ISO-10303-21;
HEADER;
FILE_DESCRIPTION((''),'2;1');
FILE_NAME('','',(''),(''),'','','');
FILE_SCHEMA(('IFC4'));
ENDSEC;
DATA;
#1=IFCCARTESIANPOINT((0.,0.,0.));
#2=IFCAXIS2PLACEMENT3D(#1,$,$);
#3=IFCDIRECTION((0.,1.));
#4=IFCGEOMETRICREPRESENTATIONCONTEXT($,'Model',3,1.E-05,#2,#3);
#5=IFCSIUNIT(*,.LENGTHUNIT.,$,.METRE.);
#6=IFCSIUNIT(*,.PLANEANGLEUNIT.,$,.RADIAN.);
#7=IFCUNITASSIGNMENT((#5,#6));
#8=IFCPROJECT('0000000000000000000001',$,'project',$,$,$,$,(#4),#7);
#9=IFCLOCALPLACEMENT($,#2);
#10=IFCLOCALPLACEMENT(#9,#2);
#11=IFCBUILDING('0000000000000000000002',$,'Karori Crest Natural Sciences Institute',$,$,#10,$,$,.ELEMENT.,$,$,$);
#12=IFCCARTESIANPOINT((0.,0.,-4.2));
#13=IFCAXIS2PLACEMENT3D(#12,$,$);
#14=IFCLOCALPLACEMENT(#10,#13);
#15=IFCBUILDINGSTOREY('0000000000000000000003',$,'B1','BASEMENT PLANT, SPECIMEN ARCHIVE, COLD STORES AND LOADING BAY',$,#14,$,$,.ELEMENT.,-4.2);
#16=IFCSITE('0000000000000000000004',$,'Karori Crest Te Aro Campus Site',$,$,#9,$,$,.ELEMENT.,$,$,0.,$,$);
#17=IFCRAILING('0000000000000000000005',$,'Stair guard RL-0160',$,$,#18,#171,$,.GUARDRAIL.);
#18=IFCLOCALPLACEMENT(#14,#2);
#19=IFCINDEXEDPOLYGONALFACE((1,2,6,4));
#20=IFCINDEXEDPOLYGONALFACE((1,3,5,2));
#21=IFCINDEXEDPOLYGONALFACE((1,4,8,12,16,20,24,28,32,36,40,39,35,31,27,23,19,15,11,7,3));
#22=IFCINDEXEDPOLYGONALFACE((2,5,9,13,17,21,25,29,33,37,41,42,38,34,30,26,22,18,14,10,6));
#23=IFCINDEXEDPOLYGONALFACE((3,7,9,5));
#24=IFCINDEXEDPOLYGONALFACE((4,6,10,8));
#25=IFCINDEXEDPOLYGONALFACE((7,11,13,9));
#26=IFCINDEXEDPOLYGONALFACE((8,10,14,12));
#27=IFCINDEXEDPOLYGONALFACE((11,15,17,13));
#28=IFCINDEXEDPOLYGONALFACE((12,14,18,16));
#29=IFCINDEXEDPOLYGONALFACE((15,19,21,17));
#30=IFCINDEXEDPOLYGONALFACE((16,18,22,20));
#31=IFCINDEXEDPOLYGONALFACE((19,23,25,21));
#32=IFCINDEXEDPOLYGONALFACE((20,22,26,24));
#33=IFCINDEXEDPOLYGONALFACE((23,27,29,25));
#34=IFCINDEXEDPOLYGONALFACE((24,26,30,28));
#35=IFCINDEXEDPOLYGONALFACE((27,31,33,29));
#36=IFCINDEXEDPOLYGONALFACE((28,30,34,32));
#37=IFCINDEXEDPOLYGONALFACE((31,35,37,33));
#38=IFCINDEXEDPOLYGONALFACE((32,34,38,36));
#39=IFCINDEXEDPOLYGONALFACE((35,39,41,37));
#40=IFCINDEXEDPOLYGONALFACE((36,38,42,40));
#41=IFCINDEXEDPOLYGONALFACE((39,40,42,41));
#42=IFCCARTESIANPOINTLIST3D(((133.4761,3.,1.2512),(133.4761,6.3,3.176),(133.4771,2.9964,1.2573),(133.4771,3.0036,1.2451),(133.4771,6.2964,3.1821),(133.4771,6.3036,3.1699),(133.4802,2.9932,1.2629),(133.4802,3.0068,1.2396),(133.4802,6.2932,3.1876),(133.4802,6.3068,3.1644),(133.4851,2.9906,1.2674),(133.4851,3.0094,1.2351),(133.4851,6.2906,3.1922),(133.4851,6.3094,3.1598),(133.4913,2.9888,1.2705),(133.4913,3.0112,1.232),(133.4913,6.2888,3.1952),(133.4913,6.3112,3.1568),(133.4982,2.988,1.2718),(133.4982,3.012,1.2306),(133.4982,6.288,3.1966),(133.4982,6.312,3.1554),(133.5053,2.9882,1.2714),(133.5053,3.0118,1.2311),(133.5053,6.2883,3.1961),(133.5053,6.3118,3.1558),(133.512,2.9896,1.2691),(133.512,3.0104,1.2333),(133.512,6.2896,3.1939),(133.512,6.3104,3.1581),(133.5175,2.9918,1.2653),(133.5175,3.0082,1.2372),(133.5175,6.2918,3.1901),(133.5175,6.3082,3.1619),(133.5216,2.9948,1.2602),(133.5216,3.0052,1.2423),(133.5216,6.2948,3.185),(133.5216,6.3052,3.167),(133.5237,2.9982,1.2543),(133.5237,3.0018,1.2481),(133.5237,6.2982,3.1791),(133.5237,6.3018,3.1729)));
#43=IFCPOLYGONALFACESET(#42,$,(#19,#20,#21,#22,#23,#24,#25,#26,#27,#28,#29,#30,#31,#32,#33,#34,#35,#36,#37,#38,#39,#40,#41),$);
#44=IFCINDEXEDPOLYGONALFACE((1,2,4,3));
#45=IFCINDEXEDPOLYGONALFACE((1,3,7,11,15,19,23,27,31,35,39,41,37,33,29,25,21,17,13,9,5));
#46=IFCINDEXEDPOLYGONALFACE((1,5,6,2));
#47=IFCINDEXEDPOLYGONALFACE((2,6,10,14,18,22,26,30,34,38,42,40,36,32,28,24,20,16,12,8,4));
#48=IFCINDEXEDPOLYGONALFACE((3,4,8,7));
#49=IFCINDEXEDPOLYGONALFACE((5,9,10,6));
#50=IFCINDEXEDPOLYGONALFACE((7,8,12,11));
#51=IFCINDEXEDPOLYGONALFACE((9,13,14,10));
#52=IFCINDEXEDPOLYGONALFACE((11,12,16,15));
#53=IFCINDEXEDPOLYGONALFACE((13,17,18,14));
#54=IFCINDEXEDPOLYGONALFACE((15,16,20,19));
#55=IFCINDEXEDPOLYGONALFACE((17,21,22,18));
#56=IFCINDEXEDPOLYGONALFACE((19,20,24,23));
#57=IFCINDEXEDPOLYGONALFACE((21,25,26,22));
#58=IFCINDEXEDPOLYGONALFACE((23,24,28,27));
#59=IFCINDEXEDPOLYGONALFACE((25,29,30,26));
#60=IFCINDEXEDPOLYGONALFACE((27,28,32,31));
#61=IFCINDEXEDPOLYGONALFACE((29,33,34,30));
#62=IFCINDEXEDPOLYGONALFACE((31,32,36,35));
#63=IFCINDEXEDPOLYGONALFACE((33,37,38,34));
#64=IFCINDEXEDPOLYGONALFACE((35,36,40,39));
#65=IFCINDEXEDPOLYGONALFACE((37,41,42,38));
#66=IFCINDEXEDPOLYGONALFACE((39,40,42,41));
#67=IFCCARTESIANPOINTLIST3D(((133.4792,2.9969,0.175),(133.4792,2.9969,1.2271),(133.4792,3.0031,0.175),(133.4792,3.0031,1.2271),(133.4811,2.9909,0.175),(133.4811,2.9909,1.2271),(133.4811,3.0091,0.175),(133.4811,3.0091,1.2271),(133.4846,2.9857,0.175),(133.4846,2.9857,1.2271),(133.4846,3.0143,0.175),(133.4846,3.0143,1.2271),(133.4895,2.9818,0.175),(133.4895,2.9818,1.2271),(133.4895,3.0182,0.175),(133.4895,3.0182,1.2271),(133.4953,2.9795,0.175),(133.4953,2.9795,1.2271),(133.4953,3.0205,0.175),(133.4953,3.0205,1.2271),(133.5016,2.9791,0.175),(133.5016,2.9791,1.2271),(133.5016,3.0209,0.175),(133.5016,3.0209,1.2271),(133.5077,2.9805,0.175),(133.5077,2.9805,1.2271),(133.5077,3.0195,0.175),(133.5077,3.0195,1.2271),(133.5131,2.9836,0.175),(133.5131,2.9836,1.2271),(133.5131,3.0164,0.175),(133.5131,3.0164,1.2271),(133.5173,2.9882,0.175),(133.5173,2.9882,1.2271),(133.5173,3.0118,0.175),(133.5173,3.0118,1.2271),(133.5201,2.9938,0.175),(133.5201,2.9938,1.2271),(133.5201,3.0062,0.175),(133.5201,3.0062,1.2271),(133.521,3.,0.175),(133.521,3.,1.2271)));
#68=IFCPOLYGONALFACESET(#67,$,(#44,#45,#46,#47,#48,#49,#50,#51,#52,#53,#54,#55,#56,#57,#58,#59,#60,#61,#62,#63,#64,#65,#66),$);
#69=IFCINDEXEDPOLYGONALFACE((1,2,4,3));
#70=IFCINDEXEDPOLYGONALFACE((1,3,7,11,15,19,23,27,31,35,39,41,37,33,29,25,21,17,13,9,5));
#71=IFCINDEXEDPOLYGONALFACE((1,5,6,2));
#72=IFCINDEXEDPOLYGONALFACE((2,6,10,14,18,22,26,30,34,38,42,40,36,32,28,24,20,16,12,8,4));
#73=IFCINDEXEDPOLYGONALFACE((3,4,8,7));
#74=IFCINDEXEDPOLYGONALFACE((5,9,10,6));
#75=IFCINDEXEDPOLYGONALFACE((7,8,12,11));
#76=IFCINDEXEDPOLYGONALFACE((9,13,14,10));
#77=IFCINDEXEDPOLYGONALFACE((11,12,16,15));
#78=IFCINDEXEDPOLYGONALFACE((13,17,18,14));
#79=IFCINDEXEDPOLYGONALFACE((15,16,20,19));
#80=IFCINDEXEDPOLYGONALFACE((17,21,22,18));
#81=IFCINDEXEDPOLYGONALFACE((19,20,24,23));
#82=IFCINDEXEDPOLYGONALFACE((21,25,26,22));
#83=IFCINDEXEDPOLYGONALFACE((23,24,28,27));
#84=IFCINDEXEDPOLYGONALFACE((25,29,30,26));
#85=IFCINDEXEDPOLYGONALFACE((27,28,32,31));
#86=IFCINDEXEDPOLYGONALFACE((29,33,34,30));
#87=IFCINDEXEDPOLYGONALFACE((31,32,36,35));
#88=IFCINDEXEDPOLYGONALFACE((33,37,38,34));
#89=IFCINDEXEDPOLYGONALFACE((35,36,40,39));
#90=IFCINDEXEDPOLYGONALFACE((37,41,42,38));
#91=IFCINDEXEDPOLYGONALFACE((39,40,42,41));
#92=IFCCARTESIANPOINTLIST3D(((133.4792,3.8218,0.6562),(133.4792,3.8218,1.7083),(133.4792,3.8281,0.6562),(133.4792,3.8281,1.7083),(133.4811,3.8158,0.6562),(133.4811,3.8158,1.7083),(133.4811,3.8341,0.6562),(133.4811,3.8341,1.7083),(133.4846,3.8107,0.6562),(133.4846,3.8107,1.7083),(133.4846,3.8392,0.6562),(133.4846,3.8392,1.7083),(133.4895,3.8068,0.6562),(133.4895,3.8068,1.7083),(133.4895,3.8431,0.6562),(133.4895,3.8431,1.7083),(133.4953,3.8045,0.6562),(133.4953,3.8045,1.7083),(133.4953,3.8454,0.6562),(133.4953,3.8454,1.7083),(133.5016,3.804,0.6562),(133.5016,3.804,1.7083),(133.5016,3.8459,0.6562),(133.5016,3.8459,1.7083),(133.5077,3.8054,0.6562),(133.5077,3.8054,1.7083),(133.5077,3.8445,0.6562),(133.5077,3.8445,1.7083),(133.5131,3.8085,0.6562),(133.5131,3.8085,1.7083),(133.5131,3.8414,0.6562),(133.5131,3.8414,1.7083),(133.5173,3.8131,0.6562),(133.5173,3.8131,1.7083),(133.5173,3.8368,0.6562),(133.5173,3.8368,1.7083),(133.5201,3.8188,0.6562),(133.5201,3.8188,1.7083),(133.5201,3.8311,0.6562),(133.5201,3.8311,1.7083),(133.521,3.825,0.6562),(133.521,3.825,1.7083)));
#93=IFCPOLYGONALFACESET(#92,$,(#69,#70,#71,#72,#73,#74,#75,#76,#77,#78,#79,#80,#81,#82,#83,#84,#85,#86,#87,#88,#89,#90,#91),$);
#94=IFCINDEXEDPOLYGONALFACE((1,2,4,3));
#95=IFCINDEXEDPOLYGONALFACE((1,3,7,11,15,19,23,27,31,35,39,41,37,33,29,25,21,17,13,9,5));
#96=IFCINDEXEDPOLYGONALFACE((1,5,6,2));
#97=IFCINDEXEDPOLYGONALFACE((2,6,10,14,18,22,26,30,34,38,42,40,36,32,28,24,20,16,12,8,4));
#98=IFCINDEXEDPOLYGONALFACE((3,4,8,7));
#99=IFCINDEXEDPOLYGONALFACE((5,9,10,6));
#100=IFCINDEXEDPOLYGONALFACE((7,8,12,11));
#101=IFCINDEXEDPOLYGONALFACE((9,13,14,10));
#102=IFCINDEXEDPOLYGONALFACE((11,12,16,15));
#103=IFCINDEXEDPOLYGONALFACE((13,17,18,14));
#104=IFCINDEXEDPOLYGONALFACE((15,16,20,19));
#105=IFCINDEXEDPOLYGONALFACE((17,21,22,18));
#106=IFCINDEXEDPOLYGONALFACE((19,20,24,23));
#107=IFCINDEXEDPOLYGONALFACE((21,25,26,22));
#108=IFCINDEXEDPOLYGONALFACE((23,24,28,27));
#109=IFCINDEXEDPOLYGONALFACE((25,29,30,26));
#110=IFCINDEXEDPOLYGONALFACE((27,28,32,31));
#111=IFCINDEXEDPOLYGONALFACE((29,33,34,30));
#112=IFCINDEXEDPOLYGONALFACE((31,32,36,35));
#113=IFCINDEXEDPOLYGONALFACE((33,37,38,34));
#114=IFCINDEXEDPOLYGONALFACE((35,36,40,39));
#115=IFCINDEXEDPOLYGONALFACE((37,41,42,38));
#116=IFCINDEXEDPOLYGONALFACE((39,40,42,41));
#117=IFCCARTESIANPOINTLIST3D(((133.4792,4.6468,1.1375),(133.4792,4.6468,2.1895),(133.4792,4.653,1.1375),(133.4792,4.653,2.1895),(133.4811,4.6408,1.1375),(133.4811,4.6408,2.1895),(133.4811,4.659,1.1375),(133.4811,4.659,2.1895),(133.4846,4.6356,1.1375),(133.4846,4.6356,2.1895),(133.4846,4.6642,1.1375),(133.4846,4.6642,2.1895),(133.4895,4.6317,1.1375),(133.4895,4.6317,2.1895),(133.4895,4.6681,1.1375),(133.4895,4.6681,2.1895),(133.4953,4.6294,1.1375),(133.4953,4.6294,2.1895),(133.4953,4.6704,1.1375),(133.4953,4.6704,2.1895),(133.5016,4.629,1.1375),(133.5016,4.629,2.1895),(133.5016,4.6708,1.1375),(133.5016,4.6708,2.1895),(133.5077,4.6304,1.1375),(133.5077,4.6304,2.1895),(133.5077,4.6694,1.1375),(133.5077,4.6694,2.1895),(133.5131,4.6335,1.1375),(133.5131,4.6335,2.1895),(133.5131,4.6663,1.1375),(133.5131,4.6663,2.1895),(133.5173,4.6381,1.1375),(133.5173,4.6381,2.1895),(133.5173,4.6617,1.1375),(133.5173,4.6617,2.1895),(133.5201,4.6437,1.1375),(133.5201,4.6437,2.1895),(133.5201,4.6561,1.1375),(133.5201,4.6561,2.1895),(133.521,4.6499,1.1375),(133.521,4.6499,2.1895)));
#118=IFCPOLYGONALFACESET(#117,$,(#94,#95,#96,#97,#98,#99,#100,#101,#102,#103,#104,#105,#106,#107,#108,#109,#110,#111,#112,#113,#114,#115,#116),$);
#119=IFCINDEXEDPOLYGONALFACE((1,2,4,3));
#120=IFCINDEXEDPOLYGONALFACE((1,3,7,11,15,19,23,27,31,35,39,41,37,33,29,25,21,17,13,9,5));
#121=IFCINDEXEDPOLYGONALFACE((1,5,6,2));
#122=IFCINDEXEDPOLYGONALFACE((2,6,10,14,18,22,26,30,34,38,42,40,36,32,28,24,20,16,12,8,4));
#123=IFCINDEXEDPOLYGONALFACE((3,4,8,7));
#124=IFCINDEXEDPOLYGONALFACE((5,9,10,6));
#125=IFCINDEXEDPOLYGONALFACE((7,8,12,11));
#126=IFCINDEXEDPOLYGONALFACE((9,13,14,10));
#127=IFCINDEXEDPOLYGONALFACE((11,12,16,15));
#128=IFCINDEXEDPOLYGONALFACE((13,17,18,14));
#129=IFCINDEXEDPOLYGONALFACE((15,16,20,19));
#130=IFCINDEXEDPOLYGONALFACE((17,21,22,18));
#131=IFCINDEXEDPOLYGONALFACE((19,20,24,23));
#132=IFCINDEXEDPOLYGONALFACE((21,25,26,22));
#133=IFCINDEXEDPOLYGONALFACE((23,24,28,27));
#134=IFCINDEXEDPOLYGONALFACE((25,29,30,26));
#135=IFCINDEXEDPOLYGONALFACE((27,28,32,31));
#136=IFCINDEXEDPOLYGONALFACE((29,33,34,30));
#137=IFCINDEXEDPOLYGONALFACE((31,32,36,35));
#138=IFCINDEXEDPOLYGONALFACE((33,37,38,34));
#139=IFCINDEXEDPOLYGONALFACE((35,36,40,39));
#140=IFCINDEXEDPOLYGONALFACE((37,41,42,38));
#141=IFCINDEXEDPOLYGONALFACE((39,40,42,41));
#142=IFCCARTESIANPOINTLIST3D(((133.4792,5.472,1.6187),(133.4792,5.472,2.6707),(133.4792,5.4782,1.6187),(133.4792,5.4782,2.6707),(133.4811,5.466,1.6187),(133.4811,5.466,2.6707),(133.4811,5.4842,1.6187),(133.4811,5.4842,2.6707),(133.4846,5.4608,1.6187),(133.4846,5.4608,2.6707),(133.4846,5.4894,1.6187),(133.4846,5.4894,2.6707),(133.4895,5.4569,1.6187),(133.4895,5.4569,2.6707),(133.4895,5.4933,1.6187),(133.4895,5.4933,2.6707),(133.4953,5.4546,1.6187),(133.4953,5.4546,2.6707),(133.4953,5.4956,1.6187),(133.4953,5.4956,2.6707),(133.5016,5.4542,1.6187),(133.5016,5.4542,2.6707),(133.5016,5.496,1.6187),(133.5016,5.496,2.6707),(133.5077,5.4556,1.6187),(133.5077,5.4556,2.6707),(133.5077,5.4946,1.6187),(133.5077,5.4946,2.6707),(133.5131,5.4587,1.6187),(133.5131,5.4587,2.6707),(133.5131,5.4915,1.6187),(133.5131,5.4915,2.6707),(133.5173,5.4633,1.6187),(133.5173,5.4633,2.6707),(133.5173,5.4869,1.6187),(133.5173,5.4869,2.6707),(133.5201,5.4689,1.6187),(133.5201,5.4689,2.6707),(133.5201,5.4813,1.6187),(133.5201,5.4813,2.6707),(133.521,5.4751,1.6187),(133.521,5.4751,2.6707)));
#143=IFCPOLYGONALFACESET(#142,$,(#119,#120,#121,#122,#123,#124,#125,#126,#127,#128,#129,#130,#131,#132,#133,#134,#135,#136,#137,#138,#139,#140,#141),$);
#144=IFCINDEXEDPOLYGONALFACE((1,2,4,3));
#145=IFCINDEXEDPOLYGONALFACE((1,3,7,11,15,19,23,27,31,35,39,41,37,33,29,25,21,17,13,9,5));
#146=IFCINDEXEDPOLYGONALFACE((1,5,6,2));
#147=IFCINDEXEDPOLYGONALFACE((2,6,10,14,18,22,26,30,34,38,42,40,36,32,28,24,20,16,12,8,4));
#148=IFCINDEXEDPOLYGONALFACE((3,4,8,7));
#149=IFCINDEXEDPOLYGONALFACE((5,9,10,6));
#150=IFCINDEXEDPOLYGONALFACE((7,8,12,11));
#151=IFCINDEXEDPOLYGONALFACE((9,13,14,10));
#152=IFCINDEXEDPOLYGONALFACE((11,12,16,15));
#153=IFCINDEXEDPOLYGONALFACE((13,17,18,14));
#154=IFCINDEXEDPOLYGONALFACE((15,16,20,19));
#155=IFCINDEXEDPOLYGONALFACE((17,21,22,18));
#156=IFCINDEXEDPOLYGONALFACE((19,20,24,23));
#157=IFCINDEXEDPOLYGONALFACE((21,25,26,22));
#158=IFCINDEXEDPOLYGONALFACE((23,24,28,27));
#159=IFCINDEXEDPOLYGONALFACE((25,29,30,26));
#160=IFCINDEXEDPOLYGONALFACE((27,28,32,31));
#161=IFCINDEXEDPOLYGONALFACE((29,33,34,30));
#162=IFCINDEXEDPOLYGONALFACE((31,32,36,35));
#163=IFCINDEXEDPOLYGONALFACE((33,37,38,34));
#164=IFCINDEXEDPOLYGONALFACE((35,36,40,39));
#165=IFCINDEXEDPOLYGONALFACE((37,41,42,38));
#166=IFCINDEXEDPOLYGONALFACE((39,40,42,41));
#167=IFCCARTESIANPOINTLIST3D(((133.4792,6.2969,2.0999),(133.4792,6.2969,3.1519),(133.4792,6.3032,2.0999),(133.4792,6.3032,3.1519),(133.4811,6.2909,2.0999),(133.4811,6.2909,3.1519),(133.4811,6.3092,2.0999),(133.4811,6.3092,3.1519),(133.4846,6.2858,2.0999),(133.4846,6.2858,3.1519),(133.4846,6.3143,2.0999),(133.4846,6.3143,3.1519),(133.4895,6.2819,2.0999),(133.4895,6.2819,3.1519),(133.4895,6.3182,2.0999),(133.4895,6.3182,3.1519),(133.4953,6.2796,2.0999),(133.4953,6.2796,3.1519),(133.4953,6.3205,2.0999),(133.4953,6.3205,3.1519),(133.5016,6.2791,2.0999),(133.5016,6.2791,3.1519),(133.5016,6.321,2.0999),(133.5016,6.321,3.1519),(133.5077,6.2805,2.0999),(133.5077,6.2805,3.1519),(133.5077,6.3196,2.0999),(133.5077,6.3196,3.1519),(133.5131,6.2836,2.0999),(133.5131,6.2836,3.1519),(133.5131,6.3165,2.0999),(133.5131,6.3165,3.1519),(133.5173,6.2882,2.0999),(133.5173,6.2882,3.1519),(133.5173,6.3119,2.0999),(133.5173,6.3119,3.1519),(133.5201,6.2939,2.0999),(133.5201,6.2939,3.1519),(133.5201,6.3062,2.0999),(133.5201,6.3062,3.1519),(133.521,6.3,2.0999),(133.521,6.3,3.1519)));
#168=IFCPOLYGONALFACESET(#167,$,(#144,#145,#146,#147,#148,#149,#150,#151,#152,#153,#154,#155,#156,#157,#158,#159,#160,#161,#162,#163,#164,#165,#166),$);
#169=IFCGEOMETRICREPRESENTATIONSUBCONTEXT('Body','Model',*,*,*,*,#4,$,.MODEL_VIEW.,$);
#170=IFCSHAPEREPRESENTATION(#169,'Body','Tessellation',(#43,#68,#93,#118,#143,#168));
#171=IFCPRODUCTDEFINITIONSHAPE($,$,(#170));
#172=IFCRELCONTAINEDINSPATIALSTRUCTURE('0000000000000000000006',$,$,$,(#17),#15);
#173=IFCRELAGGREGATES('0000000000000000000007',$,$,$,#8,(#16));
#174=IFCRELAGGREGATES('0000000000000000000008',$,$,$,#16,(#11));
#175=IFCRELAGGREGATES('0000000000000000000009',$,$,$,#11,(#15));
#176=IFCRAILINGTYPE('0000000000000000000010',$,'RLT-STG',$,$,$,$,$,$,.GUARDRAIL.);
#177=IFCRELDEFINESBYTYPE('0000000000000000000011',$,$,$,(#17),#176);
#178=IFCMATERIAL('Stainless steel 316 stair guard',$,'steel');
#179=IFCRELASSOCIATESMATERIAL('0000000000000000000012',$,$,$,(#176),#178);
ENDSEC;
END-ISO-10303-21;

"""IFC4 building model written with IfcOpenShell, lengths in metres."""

from ifc_helpers import new_model, si_unit, direction, frame, origin, origin_2d, place, context, subcontext, project, spatial, circle, extrude, material, type_object, element, save


model = new_model("IFC4")

# Units and contexts
model_context = context("Model", 3, precision=1e-05, world=origin(), true_north=direction((0.0, 1.0)))
body_context = subcontext(model_context, "Body", "Model", "MODEL_VIEW")
ifc_project = project(units=[si_unit("LENGTHUNIT", "METRE"), si_unit("PLANEANGLEUNIT", "RADIAN")], contexts=[model_context])

# Site, building, storey
site_placement = place(None, origin())
site = spatial("IfcSite", under=ifc_project, at=site_placement, Name="Karori Crest Te Aro Campus Site", CompositionType="ELEMENT", RefElevation=0.0)
building_placement = place(site_placement, origin())
building = spatial("IfcBuilding", under=site, at=building_placement, Name="Karori Crest Natural Sciences Institute", CompositionType="ELEMENT")
storey_placement = place(building_placement, frame((0.0, 0.0, -4.2)))
storey = spatial("IfcBuildingStorey", under=building, at=storey_placement, Name="B1", Description="BASEMENT PLANT, SPECIMEN ARCHIVE, COLD STORES AND LOADING BAY", CompositionType="ELEMENT", Elevation=-4.2)

# Railing
ifc_material_1 = material(Name="Stainless steel 316 stair guard", Category="steel")
railing_type_1 = type_object("IfcRailingType", Name="RLT-STG", PredefinedType="GUARDRAIL", material=ifc_material_1)
railing_1_placement = place(storey_placement, frame((133.5, 3.0, 0.175)))
element("IfcRailing", 1, at=railing_1_placement, inside=storey, type_object=railing_type_1, Name="Stair guard RL-0160", PredefinedType="GUARDRAIL", context=body_context, shape_type="SweptSolid", body=[
    extrude(circle(Radius=0.0239, at=origin_2d()), frame((0.0, 0.0, 1.0762), z_axis=(0.0, 0.863804, 0.503827), x_axis=(-1.0, 0.0, 0.0)), (0.0, 0.0, 1.0), 3.8203),
    extrude(circle(Radius=0.021, at=origin_2d()), origin(), (0.0, 0.0, 1.0), 1.052),
    extrude(circle(Radius=0.021, at=origin_2d()), frame((0.0, 0.825, 0.4812)), (0.0, 0.0, 1.0), 1.052),
    extrude(circle(Radius=0.021, at=origin_2d()), frame((0.0, 1.6499, 0.9624)), (0.0, 0.0, 1.0), 1.052),
    extrude(circle(Radius=0.021, at=origin_2d()), frame((0.0, 2.4751, 1.4436)), (0.0, 0.0, 1.0), 1.052),
    extrude(circle(Radius=0.021, at=origin_2d()), frame((0.0, 3.3, 1.9248)), (0.0, 0.0, 1.0), 1.052),
])

save(model, "model.ifc")
